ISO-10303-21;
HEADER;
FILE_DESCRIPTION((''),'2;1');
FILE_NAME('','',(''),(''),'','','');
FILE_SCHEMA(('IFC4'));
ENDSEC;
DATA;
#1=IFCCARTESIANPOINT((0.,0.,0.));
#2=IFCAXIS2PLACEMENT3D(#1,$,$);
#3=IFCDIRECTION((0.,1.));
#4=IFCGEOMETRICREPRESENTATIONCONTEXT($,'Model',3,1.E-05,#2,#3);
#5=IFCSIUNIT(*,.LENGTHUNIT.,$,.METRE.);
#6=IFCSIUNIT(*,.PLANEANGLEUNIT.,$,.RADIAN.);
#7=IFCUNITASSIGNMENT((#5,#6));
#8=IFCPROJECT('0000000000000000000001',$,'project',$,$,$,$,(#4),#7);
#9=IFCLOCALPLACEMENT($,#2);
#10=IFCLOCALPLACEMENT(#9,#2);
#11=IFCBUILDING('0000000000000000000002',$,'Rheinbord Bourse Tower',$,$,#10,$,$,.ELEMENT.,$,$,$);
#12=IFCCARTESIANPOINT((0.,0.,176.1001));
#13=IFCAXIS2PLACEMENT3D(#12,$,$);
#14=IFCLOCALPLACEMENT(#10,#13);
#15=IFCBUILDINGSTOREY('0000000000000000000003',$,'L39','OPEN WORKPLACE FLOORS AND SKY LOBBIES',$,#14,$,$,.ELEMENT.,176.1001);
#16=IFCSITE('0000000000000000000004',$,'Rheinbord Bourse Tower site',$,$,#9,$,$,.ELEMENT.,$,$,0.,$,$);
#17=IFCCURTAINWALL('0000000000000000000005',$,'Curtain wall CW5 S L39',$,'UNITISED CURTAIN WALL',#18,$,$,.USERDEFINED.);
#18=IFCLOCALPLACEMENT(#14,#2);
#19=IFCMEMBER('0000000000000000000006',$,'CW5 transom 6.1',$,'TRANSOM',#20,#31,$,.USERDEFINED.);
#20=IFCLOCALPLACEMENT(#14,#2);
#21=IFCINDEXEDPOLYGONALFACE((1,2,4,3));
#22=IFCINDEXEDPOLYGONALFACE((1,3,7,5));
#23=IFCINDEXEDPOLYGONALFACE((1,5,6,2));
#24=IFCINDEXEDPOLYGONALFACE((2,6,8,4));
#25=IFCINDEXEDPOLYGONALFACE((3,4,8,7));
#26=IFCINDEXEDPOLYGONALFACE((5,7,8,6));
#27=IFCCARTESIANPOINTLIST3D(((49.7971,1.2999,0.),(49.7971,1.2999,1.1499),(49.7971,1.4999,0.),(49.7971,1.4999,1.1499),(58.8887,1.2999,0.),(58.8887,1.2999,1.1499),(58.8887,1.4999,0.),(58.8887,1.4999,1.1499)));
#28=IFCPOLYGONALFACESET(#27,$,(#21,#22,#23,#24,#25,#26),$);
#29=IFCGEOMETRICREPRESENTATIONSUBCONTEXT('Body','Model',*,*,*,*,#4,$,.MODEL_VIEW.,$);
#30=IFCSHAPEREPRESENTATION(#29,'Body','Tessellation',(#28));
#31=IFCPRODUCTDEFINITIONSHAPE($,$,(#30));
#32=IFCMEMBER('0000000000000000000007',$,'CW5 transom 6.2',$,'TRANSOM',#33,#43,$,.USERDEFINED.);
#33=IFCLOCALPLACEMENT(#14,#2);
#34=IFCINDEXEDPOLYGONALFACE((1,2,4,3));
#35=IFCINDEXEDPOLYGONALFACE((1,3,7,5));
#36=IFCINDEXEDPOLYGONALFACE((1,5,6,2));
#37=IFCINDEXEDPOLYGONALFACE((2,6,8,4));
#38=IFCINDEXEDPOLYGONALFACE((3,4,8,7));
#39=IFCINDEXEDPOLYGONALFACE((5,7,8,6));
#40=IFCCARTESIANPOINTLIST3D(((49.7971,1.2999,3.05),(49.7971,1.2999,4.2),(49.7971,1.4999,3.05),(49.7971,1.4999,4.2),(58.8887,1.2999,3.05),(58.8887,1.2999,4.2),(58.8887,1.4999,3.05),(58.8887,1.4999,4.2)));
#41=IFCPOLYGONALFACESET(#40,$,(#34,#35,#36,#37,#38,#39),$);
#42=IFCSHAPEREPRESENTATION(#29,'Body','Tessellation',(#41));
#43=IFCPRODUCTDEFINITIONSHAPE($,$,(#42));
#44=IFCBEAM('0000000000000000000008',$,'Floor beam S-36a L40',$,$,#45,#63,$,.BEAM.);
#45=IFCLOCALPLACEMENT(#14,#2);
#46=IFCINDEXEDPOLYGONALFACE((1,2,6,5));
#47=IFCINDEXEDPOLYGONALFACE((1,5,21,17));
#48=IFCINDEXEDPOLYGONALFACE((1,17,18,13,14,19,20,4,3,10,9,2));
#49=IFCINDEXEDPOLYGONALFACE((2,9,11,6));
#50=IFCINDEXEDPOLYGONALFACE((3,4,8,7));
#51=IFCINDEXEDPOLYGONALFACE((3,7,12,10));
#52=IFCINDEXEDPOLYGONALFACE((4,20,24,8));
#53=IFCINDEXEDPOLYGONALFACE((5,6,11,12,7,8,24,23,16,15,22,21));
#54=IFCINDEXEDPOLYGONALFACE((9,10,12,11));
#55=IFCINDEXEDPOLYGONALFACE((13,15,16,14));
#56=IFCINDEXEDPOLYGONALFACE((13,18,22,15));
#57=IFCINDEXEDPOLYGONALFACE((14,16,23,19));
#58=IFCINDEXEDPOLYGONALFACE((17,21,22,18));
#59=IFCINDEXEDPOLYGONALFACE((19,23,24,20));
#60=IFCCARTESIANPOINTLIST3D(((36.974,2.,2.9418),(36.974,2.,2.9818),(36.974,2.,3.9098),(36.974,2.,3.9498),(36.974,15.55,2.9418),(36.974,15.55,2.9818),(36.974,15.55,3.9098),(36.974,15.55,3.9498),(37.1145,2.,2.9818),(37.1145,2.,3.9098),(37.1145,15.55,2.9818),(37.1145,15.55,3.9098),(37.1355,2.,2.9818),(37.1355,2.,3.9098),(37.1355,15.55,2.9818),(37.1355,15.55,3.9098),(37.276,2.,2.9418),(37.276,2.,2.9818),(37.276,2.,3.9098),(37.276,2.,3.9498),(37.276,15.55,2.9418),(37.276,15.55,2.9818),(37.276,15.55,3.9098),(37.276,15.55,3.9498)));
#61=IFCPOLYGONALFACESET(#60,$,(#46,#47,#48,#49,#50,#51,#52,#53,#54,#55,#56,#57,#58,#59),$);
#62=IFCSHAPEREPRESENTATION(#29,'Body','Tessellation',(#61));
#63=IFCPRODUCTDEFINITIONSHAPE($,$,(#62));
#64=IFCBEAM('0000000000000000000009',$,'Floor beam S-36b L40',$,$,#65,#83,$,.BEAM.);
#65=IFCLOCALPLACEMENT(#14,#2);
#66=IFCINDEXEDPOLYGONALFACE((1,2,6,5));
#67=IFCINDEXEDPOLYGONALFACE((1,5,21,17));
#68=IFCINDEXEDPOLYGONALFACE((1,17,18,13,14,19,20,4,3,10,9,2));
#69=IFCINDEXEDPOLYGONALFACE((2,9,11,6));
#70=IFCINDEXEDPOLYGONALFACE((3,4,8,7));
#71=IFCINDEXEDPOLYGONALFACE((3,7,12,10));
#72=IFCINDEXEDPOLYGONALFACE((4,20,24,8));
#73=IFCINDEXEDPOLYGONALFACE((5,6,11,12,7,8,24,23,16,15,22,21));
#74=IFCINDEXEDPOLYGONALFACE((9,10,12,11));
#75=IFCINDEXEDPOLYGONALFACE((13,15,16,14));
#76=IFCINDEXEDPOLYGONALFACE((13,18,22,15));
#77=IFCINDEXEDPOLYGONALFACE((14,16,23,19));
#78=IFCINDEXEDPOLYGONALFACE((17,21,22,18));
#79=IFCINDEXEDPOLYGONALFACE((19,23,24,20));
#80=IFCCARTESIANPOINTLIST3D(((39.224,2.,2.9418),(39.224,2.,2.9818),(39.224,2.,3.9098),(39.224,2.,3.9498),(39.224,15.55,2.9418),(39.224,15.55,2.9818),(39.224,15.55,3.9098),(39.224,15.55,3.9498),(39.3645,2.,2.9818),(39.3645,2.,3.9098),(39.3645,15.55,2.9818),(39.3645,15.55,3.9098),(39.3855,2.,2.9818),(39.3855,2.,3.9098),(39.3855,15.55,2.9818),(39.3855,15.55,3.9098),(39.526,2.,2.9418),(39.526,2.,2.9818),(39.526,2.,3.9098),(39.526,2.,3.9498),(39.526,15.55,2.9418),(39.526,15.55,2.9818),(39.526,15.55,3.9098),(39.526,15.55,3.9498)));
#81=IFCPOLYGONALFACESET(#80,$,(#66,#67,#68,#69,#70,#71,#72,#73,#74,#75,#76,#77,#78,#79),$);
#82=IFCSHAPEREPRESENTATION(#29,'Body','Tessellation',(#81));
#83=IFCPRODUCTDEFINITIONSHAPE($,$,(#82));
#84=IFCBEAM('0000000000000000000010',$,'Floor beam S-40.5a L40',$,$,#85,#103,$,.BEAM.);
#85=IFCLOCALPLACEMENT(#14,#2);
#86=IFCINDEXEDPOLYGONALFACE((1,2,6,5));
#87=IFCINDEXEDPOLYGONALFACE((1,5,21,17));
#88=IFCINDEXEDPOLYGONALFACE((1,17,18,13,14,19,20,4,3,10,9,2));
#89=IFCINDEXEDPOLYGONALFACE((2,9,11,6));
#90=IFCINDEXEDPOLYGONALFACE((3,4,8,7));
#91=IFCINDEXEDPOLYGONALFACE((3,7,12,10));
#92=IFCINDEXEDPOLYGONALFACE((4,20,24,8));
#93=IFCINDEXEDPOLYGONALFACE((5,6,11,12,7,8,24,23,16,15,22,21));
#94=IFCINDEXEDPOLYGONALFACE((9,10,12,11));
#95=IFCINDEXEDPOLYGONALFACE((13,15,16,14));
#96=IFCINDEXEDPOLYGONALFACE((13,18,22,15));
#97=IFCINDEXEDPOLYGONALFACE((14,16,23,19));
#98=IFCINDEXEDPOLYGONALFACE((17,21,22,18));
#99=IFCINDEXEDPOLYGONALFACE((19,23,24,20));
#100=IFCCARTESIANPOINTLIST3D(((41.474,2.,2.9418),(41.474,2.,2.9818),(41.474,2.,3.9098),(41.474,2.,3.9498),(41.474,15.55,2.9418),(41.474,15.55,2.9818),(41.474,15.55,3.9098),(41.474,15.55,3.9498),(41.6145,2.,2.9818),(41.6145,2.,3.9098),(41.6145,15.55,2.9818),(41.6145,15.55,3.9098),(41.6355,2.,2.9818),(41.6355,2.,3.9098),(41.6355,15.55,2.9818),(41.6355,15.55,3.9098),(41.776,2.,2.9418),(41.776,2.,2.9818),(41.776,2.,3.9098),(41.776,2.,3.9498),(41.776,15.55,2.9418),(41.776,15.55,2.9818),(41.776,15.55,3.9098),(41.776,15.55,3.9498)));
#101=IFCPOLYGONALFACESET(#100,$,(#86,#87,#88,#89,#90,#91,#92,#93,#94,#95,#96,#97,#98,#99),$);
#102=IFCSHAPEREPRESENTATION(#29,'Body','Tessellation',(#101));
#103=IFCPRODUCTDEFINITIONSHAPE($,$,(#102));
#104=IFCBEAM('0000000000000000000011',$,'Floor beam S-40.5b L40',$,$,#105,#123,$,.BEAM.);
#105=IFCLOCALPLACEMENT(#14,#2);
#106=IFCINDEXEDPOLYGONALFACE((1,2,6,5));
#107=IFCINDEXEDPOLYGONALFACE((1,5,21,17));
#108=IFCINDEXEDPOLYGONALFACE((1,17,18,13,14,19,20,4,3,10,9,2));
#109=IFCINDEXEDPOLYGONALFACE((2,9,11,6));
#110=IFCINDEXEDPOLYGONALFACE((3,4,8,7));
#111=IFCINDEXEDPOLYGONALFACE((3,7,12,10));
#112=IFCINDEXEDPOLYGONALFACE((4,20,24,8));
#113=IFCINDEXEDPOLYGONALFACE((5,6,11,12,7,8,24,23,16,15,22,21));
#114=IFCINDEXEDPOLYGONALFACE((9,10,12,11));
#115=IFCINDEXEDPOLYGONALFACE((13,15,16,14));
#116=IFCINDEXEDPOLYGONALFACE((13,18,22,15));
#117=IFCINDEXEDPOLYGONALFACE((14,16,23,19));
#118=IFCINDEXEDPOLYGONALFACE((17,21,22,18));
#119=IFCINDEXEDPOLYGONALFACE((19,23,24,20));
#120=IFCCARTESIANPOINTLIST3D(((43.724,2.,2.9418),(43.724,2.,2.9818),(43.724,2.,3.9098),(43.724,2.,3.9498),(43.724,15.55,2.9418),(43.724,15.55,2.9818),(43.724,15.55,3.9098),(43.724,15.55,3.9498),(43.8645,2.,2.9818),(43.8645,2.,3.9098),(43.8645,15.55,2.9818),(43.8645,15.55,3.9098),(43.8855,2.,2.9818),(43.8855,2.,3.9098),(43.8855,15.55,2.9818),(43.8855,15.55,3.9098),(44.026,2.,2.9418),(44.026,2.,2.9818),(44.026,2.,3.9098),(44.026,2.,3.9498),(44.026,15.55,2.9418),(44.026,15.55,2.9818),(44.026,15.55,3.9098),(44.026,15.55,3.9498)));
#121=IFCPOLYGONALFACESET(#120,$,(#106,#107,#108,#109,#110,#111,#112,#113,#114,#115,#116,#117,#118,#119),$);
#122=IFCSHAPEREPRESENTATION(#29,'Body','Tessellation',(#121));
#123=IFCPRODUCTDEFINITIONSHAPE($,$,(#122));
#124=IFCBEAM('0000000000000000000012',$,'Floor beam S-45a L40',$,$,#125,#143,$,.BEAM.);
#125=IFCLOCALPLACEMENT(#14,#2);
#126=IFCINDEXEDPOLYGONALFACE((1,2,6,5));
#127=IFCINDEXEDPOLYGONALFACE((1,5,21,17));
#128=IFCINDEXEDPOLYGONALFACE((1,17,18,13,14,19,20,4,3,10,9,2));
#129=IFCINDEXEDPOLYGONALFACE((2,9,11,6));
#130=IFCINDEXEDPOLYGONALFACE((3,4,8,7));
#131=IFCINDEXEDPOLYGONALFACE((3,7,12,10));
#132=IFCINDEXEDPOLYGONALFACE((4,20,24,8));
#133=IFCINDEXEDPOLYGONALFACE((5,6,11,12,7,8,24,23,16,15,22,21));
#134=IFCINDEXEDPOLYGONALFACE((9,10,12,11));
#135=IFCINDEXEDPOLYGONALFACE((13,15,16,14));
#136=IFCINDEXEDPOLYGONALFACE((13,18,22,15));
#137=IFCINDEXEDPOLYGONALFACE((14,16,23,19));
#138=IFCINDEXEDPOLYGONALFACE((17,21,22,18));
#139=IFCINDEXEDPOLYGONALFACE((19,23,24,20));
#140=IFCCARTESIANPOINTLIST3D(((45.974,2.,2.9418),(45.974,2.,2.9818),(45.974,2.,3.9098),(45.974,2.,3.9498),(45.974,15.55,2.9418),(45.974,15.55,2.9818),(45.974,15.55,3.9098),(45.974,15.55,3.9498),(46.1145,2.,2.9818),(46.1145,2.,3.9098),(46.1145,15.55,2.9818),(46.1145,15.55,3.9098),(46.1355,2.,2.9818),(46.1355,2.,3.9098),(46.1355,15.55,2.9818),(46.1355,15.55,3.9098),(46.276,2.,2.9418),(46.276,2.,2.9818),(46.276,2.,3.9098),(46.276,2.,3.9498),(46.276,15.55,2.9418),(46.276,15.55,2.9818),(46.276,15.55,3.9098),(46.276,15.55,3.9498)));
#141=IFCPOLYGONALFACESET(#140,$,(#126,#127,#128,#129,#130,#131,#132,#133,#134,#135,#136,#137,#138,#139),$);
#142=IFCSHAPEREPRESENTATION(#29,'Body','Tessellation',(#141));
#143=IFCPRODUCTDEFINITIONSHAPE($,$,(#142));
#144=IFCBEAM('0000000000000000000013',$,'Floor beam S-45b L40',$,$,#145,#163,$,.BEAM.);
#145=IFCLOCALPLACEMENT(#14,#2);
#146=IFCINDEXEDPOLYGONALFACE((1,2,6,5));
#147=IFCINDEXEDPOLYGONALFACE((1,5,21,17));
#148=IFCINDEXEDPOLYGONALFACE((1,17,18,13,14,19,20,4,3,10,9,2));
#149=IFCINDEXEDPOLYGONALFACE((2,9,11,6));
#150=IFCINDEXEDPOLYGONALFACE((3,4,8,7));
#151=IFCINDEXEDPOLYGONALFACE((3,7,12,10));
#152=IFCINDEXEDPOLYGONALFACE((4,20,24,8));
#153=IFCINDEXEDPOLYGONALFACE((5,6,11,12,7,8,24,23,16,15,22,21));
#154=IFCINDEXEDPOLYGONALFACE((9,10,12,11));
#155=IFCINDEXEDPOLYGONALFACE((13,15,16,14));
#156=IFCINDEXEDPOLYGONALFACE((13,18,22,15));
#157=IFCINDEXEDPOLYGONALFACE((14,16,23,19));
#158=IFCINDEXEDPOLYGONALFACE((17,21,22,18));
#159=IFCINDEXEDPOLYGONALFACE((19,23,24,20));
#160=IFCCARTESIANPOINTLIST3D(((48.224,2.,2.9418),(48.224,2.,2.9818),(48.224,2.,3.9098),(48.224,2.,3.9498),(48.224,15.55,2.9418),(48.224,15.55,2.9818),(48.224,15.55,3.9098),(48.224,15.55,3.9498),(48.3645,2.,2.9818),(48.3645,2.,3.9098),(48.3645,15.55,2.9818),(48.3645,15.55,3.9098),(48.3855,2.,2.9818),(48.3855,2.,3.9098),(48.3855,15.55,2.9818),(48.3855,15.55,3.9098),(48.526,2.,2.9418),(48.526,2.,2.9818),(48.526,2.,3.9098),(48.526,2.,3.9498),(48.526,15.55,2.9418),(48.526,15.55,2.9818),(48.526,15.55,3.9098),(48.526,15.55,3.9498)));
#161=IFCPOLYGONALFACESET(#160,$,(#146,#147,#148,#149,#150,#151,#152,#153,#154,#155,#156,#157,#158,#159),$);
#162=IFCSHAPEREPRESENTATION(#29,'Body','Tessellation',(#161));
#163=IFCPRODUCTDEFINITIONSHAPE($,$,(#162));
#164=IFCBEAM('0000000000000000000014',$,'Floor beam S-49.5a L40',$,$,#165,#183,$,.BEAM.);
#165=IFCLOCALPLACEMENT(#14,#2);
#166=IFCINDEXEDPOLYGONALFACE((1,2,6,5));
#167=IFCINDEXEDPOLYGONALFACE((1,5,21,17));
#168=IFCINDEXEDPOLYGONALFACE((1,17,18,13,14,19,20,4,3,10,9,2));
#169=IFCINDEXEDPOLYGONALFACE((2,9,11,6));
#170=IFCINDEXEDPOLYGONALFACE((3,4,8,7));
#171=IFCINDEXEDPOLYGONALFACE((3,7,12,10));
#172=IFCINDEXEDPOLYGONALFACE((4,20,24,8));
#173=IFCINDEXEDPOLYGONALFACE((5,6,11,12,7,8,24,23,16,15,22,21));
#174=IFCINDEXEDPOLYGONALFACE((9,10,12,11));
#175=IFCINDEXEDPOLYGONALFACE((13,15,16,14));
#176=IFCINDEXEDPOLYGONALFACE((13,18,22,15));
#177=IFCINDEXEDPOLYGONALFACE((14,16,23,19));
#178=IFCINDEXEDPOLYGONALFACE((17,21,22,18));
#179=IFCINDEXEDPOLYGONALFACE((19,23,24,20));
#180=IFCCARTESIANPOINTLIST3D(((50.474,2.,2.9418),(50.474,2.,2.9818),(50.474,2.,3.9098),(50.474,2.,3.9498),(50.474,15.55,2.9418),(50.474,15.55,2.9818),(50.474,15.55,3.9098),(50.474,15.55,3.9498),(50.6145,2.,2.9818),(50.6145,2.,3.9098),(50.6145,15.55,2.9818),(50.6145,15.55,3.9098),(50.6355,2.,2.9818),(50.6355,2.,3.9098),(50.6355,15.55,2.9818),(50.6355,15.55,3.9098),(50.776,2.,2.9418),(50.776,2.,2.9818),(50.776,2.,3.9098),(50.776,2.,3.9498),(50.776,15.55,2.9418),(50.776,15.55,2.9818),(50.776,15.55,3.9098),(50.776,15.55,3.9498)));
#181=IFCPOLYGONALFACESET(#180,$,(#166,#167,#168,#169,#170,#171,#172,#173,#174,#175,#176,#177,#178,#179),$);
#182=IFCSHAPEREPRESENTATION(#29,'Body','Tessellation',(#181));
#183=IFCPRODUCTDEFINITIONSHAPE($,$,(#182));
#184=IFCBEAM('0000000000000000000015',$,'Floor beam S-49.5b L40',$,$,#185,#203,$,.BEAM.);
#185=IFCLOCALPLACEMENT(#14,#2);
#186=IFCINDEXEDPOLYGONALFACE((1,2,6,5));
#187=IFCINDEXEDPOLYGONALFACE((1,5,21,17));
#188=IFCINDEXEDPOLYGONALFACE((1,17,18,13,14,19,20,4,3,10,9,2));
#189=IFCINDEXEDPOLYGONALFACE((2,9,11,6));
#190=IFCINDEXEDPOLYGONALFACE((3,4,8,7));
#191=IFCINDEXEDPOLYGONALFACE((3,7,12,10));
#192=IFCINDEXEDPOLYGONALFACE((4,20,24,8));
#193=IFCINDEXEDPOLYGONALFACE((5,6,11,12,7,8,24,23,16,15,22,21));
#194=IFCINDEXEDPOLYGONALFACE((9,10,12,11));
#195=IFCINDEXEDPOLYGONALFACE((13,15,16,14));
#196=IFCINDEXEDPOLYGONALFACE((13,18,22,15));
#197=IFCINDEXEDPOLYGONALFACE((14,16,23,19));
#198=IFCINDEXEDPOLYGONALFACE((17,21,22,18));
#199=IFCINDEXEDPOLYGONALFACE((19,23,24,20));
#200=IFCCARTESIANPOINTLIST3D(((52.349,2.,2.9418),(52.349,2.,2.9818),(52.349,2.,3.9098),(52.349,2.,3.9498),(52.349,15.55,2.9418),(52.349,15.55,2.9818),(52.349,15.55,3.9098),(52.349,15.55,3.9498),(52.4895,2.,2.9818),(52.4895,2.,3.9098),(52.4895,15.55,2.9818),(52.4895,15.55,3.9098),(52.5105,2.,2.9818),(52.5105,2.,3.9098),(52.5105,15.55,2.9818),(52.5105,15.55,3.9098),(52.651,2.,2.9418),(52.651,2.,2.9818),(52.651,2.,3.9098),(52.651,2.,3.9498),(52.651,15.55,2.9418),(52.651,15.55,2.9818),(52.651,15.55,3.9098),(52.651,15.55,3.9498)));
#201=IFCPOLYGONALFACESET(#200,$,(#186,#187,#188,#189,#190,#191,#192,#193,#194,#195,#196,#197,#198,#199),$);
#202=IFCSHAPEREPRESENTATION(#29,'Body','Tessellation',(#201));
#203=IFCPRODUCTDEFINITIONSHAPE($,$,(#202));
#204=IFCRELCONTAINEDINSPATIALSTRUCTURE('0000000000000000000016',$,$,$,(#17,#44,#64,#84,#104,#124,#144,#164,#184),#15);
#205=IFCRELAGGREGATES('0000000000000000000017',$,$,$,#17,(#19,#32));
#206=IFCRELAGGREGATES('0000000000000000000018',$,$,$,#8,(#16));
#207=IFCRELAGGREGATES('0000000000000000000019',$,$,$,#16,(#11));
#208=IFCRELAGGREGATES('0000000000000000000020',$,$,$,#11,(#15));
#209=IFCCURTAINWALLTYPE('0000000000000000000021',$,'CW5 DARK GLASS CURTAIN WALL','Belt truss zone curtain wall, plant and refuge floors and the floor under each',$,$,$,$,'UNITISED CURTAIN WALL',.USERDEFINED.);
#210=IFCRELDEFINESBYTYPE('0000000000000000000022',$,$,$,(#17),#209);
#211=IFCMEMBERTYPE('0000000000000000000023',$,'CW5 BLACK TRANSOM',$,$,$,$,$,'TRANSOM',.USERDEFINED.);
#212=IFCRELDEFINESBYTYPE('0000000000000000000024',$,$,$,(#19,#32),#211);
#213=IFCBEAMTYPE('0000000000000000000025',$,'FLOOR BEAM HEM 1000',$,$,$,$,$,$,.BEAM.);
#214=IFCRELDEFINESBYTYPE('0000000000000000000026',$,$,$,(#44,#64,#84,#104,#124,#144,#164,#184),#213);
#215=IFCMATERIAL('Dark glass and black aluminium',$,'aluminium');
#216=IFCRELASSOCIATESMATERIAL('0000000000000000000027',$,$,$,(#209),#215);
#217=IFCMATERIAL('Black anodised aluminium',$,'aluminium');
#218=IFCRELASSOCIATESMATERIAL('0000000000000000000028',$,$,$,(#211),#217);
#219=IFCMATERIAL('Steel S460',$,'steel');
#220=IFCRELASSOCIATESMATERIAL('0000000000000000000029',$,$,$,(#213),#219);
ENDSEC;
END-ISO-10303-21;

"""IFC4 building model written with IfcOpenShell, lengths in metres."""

from ifc_helpers import new_model, si_unit, direction, frame, origin, origin_2d, place, context, subcontext, project, spatial, rectangle, i_section, extrude, material, material_profile, profile_set, type_object, element, aggregate, save


model = new_model("IFC4")

# Units and contexts
model_context = context("Model", 3, precision=1e-05, world=origin(), true_north=direction((0.0, 1.0)))
body_context = subcontext(model_context, "Body", "Model", "MODEL_VIEW")
ifc_project = project(units=[si_unit("LENGTHUNIT", "METRE"), si_unit("PLANEANGLEUNIT", "RADIAN")], contexts=[model_context])

# Site, building, storey
site_placement = place(None, origin())
site = spatial("IfcSite", under=ifc_project, at=site_placement, Name="Rheinbord Bourse Tower site", CompositionType="ELEMENT", RefElevation=0.0)
building_placement = place(site_placement, origin())
building = spatial("IfcBuilding", under=site, at=building_placement, Name="Rheinbord Bourse Tower", CompositionType="ELEMENT")
storey_placement = place(building_placement, frame((0.0, 0.0, 176.1001)))
storey = spatial("IfcBuildingStorey", under=building, at=storey_placement, Name="L39", Description="OPEN WORKPLACE FLOORS AND SKY LOBBIES", CompositionType="ELEMENT", Elevation=176.1001)

# Curtain wall, members
ifc_material_1 = material(Name="Dark glass and black aluminium", Category="aluminium")
curtain_wall_type = type_object("IfcCurtainWallType", Name="CW5 DARK GLASS CURTAIN WALL", Description="Belt truss zone curtain wall, plant and refuge floors and the floor under each", ElementType="UNITISED CURTAIN WALL", PredefinedType="USERDEFINED", material=ifc_material_1)
curtain_wall_placement = place(storey_placement, origin())
curtain_wall = element("IfcCurtainWall", 1, at=curtain_wall_placement, inside=storey, type_object=curtain_wall_type, Name="Curtain wall CW5 S L39", ObjectType="UNITISED CURTAIN WALL", PredefinedType="USERDEFINED")
ifc_material_2 = material(Name="Black anodised aluminium", Category="aluminium")
ifc_material_profile_1 = material_profile(ifc_material_2, rectangle(XDim=0.2, YDim=1.1499, at=origin_2d()), Name="CW5 TRANSOM 1150x200")
ifc_profile_set_1 = profile_set([ifc_material_profile_1], Name="Black anodised aluminium")
member_type_1 = type_object("IfcMemberType", Name="CW5 BLACK TRANSOM", ElementType="TRANSOM", PredefinedType="USERDEFINED", material=ifc_profile_set_1)
member_1_placement = place(storey_placement, frame((49.7971, 1.3999, 0.575), z_axis=(1.0, 0.0, 0.0), x_axis=(0.0, 1.0, 0.0)))
member_1 = element("IfcMember", 2, at=member_1_placement, type_object=member_type_1, Name="CW5 transom 6.1", ObjectType="TRANSOM", PredefinedType="USERDEFINED", context=body_context, shape_type="SweptSolid", body=[
    extrude(rectangle(XDim=0.2, YDim=1.1499, at=origin_2d()), origin(), (0.0, 0.0, 1.0), 9.0916),
])
member_2_placement = place(storey_placement, frame((49.7971, 1.3999, 3.625), z_axis=(1.0, 0.0, 0.0), x_axis=(0.0, 1.0, 0.0)))
member_2 = element("IfcMember", 3, at=member_2_placement, type_object=member_type_1, Name="CW5 transom 6.2", ObjectType="TRANSOM", PredefinedType="USERDEFINED", context=body_context, shape_type="SweptSolid", body=[
    extrude(rectangle(XDim=0.2, YDim=1.1499, at=origin_2d()), origin(), (0.0, 0.0, 1.0), 9.0916),
])

# Beams
ifc_material_3 = material(Name="Steel S460", Category="steel")
ifc_material_profile_2 = material_profile(ifc_material_3, i_section(OverallWidth=0.302, OverallDepth=1.0081, WebThickness=0.021, FlangeThickness=0.04, at=origin_2d()), Name="HEM 1000")
ifc_profile_set_2 = profile_set([ifc_material_profile_2], Name="Steel S460")
beam_type_1 = type_object("IfcBeamType", Name="FLOOR BEAM HEM 1000", PredefinedType="BEAM", material=ifc_profile_set_2)
for number, where, z_axis, x_axis, name in (
    (4, (37.125, 2.0, 3.4458), (0.0, 1.0, 0.0), (-1.0, 0.0, 0.0), "Floor beam S-36a L40"),
    (5, (39.375, 2.0, 3.4458), (0.0, 1.0, 0.0), (-1.0, 0.0, 0.0), "Floor beam S-36b L40"),
    (6, (41.625, 2.0, 3.4458), (0.0, 1.0, 0.0), (-1.0, 0.0, 0.0), "Floor beam S-40.5a L40"),
    (7, (43.875, 2.0, 3.4458), (0.0, 1.0, 0.0), (-1.0, 0.0, 0.0), "Floor beam S-40.5b L40"),
    (8, (46.125, 2.0, 3.4458), (0.0, 1.0, 0.0), (-1.0, 0.0, 0.0), "Floor beam S-45a L40"),
    (9, (48.375, 2.0, 3.4458), (0.0, 1.0, 0.0), (-1.0, 0.0, 0.0), "Floor beam S-45b L40"),
    (10, (50.625, 2.0, 3.4458), (0.0, 1.0, 0.0), (-1.0, 0.0, 0.0), "Floor beam S-49.5a L40"),
    (11, (52.5, 2.0, 3.4458), (0.0, 1.0, 0.0), (-1.0, 0.0, 0.0), "Floor beam S-49.5b L40"),
):
    element("IfcBeam", number, at=place(storey_placement, frame(where, z_axis=z_axis, x_axis=x_axis)), inside=storey, type_object=beam_type_1, Name=name, PredefinedType="BEAM", context=body_context, shape_type="SweptSolid", body=[
        extrude(i_section(OverallWidth=0.302, OverallDepth=1.0081, WebThickness=0.021, FlangeThickness=0.04, at=origin_2d()), origin(), (0.0, 0.0, 1.0), 13.55),
    ])

aggregate(curtain_wall, [member_1, member_2])

save(model, "model.ifc")
